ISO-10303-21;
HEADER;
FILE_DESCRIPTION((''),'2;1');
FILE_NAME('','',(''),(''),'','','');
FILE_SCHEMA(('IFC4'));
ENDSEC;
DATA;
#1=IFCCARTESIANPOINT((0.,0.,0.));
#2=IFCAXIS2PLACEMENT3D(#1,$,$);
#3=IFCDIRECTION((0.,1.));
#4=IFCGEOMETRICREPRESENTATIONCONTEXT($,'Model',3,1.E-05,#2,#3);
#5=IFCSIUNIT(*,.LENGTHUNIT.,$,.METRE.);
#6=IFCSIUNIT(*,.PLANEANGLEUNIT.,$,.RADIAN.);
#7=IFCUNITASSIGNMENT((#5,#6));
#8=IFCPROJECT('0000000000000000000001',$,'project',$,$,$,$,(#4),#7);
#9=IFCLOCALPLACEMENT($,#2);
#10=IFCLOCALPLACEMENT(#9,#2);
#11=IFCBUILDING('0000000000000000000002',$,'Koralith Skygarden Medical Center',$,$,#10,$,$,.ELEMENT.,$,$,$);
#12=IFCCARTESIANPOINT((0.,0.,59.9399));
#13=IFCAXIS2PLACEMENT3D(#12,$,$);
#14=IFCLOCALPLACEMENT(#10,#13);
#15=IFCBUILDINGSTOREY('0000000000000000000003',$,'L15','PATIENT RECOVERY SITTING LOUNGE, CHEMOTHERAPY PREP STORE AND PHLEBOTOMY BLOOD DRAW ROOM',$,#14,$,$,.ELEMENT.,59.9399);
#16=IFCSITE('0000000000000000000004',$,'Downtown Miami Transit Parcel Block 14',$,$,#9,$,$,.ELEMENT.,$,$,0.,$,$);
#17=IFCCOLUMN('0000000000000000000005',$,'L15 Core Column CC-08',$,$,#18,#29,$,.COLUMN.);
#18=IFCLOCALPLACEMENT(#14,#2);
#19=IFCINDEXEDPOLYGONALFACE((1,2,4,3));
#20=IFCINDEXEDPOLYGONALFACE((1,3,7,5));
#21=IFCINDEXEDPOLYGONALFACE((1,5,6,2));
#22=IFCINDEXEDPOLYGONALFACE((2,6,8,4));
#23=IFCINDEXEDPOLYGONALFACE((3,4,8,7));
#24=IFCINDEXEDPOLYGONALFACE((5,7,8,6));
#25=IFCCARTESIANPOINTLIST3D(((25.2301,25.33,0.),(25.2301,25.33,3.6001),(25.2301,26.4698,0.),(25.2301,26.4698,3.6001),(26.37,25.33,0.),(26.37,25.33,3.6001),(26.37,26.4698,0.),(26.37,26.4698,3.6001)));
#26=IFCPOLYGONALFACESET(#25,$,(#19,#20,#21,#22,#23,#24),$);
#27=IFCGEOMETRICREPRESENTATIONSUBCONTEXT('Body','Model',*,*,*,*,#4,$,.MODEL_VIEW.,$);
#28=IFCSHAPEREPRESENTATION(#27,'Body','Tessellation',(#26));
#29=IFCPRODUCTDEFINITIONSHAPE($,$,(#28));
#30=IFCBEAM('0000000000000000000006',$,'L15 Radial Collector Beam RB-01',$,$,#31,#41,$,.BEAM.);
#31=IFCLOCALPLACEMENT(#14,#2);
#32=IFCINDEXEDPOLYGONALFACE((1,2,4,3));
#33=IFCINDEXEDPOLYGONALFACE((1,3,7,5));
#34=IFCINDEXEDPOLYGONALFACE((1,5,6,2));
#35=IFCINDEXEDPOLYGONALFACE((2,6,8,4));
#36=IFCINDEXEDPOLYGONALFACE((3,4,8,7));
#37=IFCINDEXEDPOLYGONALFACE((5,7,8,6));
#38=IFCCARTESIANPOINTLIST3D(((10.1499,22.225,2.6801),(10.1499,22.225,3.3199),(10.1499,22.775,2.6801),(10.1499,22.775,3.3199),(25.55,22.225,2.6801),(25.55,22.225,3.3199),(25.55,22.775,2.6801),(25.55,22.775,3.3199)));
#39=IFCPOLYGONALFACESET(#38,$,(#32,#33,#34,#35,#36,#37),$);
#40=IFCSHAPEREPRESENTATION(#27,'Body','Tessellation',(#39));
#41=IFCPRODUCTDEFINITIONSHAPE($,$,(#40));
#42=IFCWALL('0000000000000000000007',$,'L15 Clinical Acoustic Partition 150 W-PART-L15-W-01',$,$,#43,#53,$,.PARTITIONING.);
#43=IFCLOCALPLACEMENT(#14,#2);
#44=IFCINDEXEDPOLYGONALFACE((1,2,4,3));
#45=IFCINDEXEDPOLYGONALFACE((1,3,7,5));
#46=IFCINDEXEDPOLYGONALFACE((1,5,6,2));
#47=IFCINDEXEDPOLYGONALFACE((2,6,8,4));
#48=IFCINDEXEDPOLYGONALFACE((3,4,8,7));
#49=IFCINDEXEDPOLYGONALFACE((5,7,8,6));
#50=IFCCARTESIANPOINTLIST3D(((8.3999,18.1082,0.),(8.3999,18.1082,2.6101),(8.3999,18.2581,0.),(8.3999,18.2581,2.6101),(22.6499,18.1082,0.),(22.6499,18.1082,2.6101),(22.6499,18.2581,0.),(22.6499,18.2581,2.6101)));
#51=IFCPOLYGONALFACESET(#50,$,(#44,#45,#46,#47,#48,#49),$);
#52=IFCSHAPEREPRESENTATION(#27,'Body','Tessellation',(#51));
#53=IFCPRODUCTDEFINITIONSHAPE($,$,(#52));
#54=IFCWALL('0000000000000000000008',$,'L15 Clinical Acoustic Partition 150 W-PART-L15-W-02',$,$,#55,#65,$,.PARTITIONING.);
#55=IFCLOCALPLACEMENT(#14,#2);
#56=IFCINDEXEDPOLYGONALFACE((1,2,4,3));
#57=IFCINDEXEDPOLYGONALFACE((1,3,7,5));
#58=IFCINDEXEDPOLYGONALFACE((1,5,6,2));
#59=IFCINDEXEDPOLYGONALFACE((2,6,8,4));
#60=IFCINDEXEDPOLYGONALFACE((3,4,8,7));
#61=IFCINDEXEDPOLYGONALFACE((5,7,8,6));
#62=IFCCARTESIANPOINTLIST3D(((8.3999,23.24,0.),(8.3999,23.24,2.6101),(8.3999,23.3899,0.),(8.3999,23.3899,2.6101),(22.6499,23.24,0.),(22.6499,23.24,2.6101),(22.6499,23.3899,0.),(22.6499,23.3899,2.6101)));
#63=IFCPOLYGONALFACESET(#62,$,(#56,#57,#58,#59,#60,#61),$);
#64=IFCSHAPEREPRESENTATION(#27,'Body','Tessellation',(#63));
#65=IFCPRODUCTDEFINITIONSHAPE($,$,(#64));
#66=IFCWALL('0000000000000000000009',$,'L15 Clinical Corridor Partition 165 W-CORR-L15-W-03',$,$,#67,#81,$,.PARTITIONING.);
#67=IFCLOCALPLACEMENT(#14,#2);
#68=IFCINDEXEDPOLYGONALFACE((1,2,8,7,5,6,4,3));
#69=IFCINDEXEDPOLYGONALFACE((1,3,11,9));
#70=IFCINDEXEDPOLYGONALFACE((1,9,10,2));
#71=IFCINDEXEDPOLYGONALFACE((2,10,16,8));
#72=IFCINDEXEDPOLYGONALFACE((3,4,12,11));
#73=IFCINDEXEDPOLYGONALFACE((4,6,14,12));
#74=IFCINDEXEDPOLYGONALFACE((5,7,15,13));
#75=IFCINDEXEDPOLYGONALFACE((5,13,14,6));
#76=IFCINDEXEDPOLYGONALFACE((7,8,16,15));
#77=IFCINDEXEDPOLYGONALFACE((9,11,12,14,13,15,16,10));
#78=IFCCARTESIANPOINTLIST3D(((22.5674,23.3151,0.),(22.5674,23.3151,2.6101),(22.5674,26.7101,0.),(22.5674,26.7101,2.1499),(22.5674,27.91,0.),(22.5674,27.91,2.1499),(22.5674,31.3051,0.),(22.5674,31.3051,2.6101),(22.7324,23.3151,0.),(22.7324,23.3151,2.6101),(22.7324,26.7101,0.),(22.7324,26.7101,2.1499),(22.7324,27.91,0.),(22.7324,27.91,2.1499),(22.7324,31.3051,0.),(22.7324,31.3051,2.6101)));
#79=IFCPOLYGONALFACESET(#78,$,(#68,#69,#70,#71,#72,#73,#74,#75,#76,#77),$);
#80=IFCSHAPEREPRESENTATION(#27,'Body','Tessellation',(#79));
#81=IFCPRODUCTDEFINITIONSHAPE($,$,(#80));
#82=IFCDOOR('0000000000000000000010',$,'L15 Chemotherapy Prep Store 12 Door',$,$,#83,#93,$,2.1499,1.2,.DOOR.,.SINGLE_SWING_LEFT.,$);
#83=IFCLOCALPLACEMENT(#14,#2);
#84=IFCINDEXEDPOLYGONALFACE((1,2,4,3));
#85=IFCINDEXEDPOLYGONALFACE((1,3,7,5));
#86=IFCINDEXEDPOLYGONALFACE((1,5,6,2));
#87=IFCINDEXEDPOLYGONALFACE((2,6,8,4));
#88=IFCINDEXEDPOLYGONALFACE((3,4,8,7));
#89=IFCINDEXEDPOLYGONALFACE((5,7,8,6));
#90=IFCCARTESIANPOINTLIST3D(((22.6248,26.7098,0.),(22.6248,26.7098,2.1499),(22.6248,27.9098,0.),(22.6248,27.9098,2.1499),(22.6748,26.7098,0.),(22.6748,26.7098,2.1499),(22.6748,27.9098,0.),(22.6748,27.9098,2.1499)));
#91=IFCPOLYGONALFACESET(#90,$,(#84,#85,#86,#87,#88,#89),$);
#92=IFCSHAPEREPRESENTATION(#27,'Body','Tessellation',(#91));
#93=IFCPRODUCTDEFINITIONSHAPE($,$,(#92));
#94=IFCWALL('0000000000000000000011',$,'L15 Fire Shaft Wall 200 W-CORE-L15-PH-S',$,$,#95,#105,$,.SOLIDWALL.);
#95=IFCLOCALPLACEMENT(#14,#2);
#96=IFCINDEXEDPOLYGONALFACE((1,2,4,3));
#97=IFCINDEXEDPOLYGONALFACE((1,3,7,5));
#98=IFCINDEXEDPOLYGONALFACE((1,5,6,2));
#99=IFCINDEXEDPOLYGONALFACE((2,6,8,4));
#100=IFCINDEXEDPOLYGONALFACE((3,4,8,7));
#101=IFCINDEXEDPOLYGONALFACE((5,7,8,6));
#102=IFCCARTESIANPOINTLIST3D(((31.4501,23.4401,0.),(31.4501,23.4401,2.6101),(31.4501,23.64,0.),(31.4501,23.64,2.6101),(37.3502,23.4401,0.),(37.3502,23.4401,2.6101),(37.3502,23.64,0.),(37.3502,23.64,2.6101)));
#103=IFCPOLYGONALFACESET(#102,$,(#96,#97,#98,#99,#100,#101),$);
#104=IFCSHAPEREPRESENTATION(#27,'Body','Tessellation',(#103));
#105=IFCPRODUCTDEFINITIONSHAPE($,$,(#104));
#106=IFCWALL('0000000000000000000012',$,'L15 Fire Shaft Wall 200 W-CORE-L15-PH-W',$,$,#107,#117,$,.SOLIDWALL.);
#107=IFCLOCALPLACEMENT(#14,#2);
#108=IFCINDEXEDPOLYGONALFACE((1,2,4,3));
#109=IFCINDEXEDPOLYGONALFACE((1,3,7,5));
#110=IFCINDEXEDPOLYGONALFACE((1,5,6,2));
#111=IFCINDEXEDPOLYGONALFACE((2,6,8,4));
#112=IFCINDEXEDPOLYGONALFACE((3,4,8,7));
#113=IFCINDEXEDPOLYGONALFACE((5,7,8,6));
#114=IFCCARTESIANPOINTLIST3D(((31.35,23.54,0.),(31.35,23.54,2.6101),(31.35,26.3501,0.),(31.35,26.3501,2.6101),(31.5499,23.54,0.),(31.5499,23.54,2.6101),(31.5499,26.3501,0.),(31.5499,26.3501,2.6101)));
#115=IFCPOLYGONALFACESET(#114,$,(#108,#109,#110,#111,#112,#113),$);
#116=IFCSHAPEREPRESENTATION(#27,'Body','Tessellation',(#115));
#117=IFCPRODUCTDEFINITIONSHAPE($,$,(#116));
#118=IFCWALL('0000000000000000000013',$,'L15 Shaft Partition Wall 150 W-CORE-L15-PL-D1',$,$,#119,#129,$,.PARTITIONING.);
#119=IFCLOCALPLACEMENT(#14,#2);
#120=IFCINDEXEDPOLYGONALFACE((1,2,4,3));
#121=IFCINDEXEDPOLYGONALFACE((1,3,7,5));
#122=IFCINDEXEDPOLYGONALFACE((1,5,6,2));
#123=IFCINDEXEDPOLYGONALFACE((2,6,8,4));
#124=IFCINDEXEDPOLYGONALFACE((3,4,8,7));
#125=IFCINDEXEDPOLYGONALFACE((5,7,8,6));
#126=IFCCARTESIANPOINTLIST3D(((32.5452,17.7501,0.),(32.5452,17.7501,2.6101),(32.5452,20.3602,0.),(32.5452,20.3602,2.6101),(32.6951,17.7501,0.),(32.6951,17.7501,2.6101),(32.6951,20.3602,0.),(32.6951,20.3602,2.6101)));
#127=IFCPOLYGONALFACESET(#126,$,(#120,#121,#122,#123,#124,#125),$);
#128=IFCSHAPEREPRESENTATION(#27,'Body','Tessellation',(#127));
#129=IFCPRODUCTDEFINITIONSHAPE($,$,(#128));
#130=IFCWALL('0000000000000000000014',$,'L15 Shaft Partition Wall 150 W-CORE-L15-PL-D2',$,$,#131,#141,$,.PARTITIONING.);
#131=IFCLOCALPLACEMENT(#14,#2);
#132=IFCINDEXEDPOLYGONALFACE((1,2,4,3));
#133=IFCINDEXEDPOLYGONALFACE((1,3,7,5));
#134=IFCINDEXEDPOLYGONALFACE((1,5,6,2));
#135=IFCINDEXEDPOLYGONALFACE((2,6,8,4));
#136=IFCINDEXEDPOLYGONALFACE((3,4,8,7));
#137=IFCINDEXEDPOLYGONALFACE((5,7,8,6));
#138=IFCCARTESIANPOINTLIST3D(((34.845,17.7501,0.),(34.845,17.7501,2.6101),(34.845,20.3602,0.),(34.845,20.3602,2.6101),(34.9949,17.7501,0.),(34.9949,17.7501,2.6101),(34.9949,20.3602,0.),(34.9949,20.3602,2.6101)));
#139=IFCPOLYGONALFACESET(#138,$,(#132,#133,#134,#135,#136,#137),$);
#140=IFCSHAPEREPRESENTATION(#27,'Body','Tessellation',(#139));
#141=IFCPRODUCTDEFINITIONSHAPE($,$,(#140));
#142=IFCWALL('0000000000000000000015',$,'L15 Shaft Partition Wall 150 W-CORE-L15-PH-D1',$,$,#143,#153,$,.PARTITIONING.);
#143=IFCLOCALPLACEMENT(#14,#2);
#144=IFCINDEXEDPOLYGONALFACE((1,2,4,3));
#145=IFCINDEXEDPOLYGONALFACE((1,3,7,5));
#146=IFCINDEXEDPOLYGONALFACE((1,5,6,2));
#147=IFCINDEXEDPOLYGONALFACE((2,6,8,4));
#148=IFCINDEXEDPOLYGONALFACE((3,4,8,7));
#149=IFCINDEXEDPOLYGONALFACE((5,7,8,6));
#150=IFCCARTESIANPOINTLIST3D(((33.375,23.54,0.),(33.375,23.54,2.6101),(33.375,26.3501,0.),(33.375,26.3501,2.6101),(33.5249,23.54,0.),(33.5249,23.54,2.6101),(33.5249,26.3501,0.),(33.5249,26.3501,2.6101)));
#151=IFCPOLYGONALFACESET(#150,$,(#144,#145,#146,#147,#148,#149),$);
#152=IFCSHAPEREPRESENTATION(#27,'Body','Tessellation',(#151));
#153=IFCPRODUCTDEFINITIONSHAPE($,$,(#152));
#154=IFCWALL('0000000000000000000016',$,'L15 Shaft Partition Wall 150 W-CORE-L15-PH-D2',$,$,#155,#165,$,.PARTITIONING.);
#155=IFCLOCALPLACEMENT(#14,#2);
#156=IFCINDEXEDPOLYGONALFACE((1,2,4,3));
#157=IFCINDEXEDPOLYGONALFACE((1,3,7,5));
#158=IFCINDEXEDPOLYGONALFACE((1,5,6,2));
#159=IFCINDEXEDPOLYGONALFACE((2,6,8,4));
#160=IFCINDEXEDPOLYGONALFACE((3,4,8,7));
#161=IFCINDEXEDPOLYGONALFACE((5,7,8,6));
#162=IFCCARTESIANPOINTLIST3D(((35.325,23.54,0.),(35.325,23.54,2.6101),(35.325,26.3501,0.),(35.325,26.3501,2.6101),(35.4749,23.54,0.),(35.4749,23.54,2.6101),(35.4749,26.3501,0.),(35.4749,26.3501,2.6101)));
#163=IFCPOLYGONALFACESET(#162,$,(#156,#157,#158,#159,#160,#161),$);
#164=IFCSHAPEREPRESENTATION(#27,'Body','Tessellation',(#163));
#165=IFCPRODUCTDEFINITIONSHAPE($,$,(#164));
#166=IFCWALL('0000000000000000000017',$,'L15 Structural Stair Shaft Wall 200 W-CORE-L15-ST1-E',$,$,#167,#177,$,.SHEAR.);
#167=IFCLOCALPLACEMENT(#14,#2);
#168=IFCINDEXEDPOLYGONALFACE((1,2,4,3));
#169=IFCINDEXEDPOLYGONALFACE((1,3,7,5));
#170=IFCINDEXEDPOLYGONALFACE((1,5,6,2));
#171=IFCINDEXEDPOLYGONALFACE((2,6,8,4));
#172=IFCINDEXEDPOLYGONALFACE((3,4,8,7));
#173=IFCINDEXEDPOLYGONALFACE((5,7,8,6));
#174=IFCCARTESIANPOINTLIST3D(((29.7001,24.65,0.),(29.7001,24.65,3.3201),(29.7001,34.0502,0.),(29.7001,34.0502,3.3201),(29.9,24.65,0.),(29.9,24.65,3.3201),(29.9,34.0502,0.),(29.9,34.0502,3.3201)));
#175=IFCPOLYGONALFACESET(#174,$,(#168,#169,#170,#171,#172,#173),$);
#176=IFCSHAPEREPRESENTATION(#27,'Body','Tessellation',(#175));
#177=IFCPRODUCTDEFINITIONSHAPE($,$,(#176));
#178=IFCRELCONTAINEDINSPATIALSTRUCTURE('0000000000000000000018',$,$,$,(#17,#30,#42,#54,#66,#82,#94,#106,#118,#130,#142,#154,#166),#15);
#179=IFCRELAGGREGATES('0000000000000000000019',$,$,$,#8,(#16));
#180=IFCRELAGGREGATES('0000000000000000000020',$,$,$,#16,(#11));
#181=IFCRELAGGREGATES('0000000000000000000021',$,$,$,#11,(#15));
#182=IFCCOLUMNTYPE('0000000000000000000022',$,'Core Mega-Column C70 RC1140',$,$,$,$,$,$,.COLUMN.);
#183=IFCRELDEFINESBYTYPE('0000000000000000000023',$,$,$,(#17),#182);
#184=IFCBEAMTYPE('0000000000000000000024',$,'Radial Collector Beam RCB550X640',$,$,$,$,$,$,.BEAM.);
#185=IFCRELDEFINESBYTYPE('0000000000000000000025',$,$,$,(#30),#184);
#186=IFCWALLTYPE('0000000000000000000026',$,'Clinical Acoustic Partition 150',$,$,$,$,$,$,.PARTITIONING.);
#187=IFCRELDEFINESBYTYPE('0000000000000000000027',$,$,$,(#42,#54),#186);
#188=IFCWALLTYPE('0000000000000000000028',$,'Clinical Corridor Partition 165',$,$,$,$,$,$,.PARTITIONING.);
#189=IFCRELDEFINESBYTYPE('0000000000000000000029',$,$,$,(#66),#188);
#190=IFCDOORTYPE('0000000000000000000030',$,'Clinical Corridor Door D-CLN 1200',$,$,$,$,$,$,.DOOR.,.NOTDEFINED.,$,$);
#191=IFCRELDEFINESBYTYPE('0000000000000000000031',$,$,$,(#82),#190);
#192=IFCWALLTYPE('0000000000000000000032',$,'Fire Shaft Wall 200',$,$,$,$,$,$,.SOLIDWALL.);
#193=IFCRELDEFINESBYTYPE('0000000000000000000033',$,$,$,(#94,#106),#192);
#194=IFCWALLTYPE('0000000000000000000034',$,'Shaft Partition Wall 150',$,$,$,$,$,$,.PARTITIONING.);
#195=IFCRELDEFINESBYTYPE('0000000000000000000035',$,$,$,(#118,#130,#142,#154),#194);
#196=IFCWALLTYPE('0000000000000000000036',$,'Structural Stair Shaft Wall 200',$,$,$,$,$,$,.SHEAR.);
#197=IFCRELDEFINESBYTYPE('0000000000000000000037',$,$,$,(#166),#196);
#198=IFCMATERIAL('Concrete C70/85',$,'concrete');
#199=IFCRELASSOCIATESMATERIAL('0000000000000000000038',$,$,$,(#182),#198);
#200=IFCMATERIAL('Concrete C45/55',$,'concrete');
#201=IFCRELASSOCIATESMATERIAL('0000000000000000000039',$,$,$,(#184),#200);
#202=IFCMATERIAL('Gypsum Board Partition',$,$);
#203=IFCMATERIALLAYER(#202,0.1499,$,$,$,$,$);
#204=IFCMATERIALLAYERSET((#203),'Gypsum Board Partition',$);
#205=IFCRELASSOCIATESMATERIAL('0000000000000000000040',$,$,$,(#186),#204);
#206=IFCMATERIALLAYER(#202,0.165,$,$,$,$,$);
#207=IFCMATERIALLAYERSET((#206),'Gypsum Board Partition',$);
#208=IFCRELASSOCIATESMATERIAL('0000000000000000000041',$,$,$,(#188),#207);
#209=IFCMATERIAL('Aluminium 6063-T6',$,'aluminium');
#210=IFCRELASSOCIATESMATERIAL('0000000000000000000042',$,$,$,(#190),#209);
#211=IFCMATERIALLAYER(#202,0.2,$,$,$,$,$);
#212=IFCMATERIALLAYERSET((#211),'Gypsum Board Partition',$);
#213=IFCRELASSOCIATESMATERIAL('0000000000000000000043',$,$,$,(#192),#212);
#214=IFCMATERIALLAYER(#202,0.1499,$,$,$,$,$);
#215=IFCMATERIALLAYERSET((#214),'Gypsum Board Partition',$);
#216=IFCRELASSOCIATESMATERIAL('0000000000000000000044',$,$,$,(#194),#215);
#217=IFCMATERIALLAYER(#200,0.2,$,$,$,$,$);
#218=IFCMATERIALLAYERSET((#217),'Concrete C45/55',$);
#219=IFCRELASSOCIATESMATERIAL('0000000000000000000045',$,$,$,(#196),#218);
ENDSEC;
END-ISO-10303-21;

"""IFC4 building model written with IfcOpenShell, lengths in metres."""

from ifc_helpers import new_model, si_unit, direction, frame, frame_2d, origin, origin_2d, place, context, subcontext, project, spatial, rectangle, extrude, material, layer, layer_set, material_profile, profile_set, type_object, element, fill, save


model = new_model("IFC4")

# Units and contexts
model_context = context("Model", 3, precision=1e-05, world=origin(), true_north=direction((0.0, 1.0)))
body_context = subcontext(model_context, "Body", "Model", "MODEL_VIEW")
ifc_project = project(units=[si_unit("LENGTHUNIT", "METRE"), si_unit("PLANEANGLEUNIT", "RADIAN")], contexts=[model_context])

# Site, building, storey
site_placement = place(None, origin())
site = spatial("IfcSite", under=ifc_project, at=site_placement, Name="Downtown Miami Transit Parcel Block 14", CompositionType="ELEMENT", RefElevation=0.0)
building_placement = place(site_placement, origin())
building = spatial("IfcBuilding", under=site, at=building_placement, Name="Koralith Skygarden Medical Center", CompositionType="ELEMENT")
storey_placement = place(building_placement, frame((0.0, 0.0, 59.9399)))
storey = spatial("IfcBuildingStorey", under=building, at=storey_placement, Name="L15", Description="PATIENT RECOVERY SITTING LOUNGE, CHEMOTHERAPY PREP STORE AND PHLEBOTOMY BLOOD DRAW ROOM", CompositionType="ELEMENT", Elevation=59.9399)

# Column
ifc_material_1 = material(Name="Concrete C70/85", Category="concrete")
ifc_material_profile_1 = material_profile(ifc_material_1, rectangle(XDim=1.1399, YDim=1.1399, at=origin_2d()), Name="RC1140X1140")
ifc_profile_set_1 = profile_set([ifc_material_profile_1], Name="Concrete C70/85")
column_type = type_object("IfcColumnType", Name="Core Mega-Column C70 RC1140", PredefinedType="COLUMN", material=ifc_profile_set_1)
column_placement = place(storey_placement, frame((25.8, 25.8999, 0.0), z_axis=(0.0, 0.0, 1.0), x_axis=(1.0, 0.0, 0.0)))
element("IfcColumn", 1, at=column_placement, inside=storey, type_object=column_type, Name="L15 Core Column CC-08", PredefinedType="COLUMN", context=body_context, shape_type="SweptSolid", body=[
    extrude(rectangle(XDim=1.1399, YDim=1.1399, at=origin_2d()), origin(), (0.0, 0.0, 1.0), 3.6001),
])

# Beam
ifc_material_2 = material(Name="Concrete C45/55", Category="concrete")
ifc_material_profile_2 = material_profile(ifc_material_2, rectangle(XDim=0.55, YDim=0.6399, at=origin_2d()), Name="RCB550X640")
ifc_profile_set_2 = profile_set([ifc_material_profile_2], Name="Concrete C45/55")
beam_type = type_object("IfcBeamType", Name="Radial Collector Beam RCB550X640", PredefinedType="BEAM", material=ifc_profile_set_2)
beam_placement = place(storey_placement, frame((25.55, 22.5, 3.0), z_axis=(-1.0, 0.0, 0.0), x_axis=(0.0, -1.0, 0.0)))
element("IfcBeam", 2, at=beam_placement, inside=storey, type_object=beam_type, Name="L15 Radial Collector Beam RB-01", PredefinedType="BEAM", context=body_context, shape_type="SweptSolid", body=[
    extrude(rectangle(XDim=0.55, YDim=0.6399, at=origin_2d()), origin(), (0.0, 0.0, 1.0), 15.4001),
])

# Walls
ifc_material_3 = material(Name="Gypsum Board Partition")
ifc_layer_1 = layer(ifc_material_3, 0.1499)
ifc_layer_set_1 = layer_set([ifc_layer_1], Name="Gypsum Board Partition")
wall_type_1 = type_object("IfcWallType", Name="Clinical Acoustic Partition 150", PredefinedType="PARTITIONING", material=ifc_layer_set_1)
for number, where, z_axis, x_axis, name in (
    (3, (22.6499, 18.1831, 0.0), (0.0, 0.0, 1.0), (-1.0, 0.0, 0.0), "L15 Clinical Acoustic Partition 150 W-PART-L15-W-01"),
    (4, (22.6499, 23.3149, 0.0), (0.0, 0.0, 1.0), (-1.0, 0.0, 0.0), "L15 Clinical Acoustic Partition 150 W-PART-L15-W-02"),
):
    element("IfcWall", number, at=place(storey_placement, frame(where, z_axis=z_axis, x_axis=x_axis)), inside=storey, type_object=wall_type_1, Name=name, PredefinedType="PARTITIONING", context=body_context, shape_type="SweptSolid", body=[
        extrude(rectangle(XDim=14.25, YDim=0.1499, at=frame_2d((7.125, 0.0))), origin(), (0.0, 0.0, 1.0), 2.6101),
    ])

# Wall, opening, door
ifc_layer_2 = layer(ifc_material_3, 0.165)
ifc_layer_set_2 = layer_set([ifc_layer_2], Name="Gypsum Board Partition")
wall_type_2 = type_object("IfcWallType", Name="Clinical Corridor Partition 165", PredefinedType="PARTITIONING", material=ifc_layer_set_2)
ifc_material_4 = material(Name="Aluminium 6063-T6", Category="aluminium")
door_type_1 = type_object("IfcDoorType", Name="Clinical Corridor Door D-CLN 1200", OperationType="NOTDEFINED", PredefinedType="DOOR", material=ifc_material_4)
wall_1_placement = place(storey_placement, frame((22.6499, 23.3149, 0.0), z_axis=(0.0, 0.0, 1.0), x_axis=(0.0, 1.0, 0.0)))
wall_1 = element("IfcWall", 5, at=wall_1_placement, inside=storey, type_object=wall_type_2, Name="L15 Clinical Corridor Partition 165 W-CORR-L15-W-03", PredefinedType="PARTITIONING", context=body_context, shape_type="SweptSolid", body=[
    extrude(rectangle(XDim=7.99, YDim=0.165, at=frame_2d((3.9951, 0.0))), origin(), (0.0, 0.0, 1.0), 2.6101),
])
opening_1_placement = place(wall_1_placement, frame((3.395, 0.0, 0.0)))
opening_1 = element("IfcOpeningElement", 6, at=opening_1_placement, cuts=wall_1, PredefinedType="OPENING", context=body_context, shape_type="SweptSolid", body=[
    extrude(rectangle(XDim=1.2, YDim=2.1499, at=frame_2d((0.6001, 1.075))), frame((0.0, 0.0925, 0.0), z_axis=(0.0, -1.0, 0.0), x_axis=(1.0, 0.0, 0.0)), (0.0, 0.0, 1.0), 0.1851),
])
door_1_placement = place(opening_1_placement, frame((1.2, 0.0, 0.0), z_axis=(0.0, 0.0, 1.0), x_axis=(-1.0, 0.0, 0.0)))
door_1 = element("IfcDoor", 7, at=door_1_placement, inside=storey, type_object=door_type_1, Name="L15 Chemotherapy Prep Store 12 Door", OperationType="SINGLE_SWING_LEFT", OverallHeight=2.1499, OverallWidth=1.2, PredefinedType="DOOR", context=body_context, shape_type="SweptSolid", body=[
    extrude(rectangle(XDim=1.2, YDim=2.1499, at=frame_2d((0.6001, 1.075))), frame((0.0, 0.0249, 0.0), z_axis=(0.0, -1.0, 0.0), x_axis=(1.0, 0.0, 0.0)), (0.0, 0.0, 1.0), 0.05),
])
fill(opening_1, door_1)
ifc_layer_3 = layer(ifc_material_3, 0.2)
ifc_layer_set_3 = layer_set([ifc_layer_3], Name="Gypsum Board Partition")
wall_type_3 = type_object("IfcWallType", Name="Fire Shaft Wall 200", PredefinedType="SOLIDWALL", material=ifc_layer_set_3)

# Walls
wall_2_placement = place(storey_placement, frame((31.45, 23.54, 0.0), z_axis=(0.0, 0.0, 1.0), x_axis=(1.0, 0.0, 0.0)))
element("IfcWall", 8, at=wall_2_placement, inside=storey, type_object=wall_type_3, Name="L15 Fire Shaft Wall 200 W-CORE-L15-PH-S", PredefinedType="SOLIDWALL", context=body_context, shape_type="SweptSolid", body=[
    extrude(rectangle(XDim=5.9001, YDim=0.2, at=frame_2d((2.9502, 0.0))), origin(), (0.0, 0.0, 1.0), 2.6101),
])
wall_3_placement = place(storey_placement, frame((31.45, 23.54, 0.0), z_axis=(0.0, 0.0, 1.0), x_axis=(0.0, 1.0, 0.0)))
element("IfcWall", 9, at=wall_3_placement, inside=storey, type_object=wall_type_3, Name="L15 Fire Shaft Wall 200 W-CORE-L15-PH-W", PredefinedType="SOLIDWALL", context=body_context, shape_type="SweptSolid", body=[
    extrude(rectangle(XDim=2.8101, YDim=0.2, at=frame_2d((1.405, 0.0))), origin(), (0.0, 0.0, 1.0), 2.6101),
])

# Walls
ifc_layer_4 = layer(ifc_material_3, 0.1499)
ifc_layer_set_4 = layer_set([ifc_layer_4], Name="Gypsum Board Partition")
wall_type_4 = type_object("IfcWallType", Name="Shaft Partition Wall 150", PredefinedType="PARTITIONING", material=ifc_layer_set_4)
for number, where, z_axis, x_axis, name in (
    (10, (32.6201, 17.75, 0.0), (0.0, 0.0, 1.0), (0.0, 1.0, 0.0), "L15 Shaft Partition Wall 150 W-CORE-L15-PL-D1"),
    (11, (34.9199, 17.75, 0.0), (0.0, 0.0, 1.0), (0.0, 1.0, 0.0), "L15 Shaft Partition Wall 150 W-CORE-L15-PL-D2"),
):
    element("IfcWall", number, at=place(storey_placement, frame(where, z_axis=z_axis, x_axis=x_axis)), inside=storey, type_object=wall_type_4, Name=name, PredefinedType="PARTITIONING", context=body_context, shape_type="SweptSolid", body=[
        extrude(rectangle(XDim=2.6101, YDim=0.1499, at=frame_2d((1.3052, 0.0))), origin(), (0.0, 0.0, 1.0), 2.6101),
    ])
for number, where, z_axis, x_axis, name in (
    (12, (33.45, 23.54, 0.0), (0.0, 0.0, 1.0), (0.0, 1.0, 0.0), "L15 Shaft Partition Wall 150 W-CORE-L15-PH-D1"),
    (13, (35.3999, 23.54, 0.0), (0.0, 0.0, 1.0), (0.0, 1.0, 0.0), "L15 Shaft Partition Wall 150 W-CORE-L15-PH-D2"),
):
    element("IfcWall", number, at=place(storey_placement, frame(where, z_axis=z_axis, x_axis=x_axis)), inside=storey, type_object=wall_type_4, Name=name, PredefinedType="PARTITIONING", context=body_context, shape_type="SweptSolid", body=[
        extrude(rectangle(XDim=2.8101, YDim=0.1499, at=frame_2d((1.405, 0.0))), origin(), (0.0, 0.0, 1.0), 2.6101),
    ])
ifc_layer_5 = layer(ifc_material_2, 0.2)
ifc_layer_set_5 = layer_set([ifc_layer_5], Name="Concrete C45/55")
wall_type_5 = type_object("IfcWallType", Name="Structural Stair Shaft Wall 200", PredefinedType="SHEAR", material=ifc_layer_set_5)
wall_4_placement = place(storey_placement, frame((29.8, 24.6499, 0.0), z_axis=(0.0, 0.0, 1.0), x_axis=(0.0, 1.0, 0.0)))
element("IfcWall", 14, at=wall_4_placement, inside=storey, type_object=wall_type_5, Name="L15 Structural Stair Shaft Wall 200 W-CORE-L15-ST1-E", PredefinedType="SHEAR", context=body_context, shape_type="SweptSolid", body=[
    extrude(rectangle(XDim=9.4001, YDim=0.2, at=frame_2d((4.7002, 0.0))), origin(), (0.0, 0.0, 1.0), 3.3201),
])

save(model, "model.ifc")
